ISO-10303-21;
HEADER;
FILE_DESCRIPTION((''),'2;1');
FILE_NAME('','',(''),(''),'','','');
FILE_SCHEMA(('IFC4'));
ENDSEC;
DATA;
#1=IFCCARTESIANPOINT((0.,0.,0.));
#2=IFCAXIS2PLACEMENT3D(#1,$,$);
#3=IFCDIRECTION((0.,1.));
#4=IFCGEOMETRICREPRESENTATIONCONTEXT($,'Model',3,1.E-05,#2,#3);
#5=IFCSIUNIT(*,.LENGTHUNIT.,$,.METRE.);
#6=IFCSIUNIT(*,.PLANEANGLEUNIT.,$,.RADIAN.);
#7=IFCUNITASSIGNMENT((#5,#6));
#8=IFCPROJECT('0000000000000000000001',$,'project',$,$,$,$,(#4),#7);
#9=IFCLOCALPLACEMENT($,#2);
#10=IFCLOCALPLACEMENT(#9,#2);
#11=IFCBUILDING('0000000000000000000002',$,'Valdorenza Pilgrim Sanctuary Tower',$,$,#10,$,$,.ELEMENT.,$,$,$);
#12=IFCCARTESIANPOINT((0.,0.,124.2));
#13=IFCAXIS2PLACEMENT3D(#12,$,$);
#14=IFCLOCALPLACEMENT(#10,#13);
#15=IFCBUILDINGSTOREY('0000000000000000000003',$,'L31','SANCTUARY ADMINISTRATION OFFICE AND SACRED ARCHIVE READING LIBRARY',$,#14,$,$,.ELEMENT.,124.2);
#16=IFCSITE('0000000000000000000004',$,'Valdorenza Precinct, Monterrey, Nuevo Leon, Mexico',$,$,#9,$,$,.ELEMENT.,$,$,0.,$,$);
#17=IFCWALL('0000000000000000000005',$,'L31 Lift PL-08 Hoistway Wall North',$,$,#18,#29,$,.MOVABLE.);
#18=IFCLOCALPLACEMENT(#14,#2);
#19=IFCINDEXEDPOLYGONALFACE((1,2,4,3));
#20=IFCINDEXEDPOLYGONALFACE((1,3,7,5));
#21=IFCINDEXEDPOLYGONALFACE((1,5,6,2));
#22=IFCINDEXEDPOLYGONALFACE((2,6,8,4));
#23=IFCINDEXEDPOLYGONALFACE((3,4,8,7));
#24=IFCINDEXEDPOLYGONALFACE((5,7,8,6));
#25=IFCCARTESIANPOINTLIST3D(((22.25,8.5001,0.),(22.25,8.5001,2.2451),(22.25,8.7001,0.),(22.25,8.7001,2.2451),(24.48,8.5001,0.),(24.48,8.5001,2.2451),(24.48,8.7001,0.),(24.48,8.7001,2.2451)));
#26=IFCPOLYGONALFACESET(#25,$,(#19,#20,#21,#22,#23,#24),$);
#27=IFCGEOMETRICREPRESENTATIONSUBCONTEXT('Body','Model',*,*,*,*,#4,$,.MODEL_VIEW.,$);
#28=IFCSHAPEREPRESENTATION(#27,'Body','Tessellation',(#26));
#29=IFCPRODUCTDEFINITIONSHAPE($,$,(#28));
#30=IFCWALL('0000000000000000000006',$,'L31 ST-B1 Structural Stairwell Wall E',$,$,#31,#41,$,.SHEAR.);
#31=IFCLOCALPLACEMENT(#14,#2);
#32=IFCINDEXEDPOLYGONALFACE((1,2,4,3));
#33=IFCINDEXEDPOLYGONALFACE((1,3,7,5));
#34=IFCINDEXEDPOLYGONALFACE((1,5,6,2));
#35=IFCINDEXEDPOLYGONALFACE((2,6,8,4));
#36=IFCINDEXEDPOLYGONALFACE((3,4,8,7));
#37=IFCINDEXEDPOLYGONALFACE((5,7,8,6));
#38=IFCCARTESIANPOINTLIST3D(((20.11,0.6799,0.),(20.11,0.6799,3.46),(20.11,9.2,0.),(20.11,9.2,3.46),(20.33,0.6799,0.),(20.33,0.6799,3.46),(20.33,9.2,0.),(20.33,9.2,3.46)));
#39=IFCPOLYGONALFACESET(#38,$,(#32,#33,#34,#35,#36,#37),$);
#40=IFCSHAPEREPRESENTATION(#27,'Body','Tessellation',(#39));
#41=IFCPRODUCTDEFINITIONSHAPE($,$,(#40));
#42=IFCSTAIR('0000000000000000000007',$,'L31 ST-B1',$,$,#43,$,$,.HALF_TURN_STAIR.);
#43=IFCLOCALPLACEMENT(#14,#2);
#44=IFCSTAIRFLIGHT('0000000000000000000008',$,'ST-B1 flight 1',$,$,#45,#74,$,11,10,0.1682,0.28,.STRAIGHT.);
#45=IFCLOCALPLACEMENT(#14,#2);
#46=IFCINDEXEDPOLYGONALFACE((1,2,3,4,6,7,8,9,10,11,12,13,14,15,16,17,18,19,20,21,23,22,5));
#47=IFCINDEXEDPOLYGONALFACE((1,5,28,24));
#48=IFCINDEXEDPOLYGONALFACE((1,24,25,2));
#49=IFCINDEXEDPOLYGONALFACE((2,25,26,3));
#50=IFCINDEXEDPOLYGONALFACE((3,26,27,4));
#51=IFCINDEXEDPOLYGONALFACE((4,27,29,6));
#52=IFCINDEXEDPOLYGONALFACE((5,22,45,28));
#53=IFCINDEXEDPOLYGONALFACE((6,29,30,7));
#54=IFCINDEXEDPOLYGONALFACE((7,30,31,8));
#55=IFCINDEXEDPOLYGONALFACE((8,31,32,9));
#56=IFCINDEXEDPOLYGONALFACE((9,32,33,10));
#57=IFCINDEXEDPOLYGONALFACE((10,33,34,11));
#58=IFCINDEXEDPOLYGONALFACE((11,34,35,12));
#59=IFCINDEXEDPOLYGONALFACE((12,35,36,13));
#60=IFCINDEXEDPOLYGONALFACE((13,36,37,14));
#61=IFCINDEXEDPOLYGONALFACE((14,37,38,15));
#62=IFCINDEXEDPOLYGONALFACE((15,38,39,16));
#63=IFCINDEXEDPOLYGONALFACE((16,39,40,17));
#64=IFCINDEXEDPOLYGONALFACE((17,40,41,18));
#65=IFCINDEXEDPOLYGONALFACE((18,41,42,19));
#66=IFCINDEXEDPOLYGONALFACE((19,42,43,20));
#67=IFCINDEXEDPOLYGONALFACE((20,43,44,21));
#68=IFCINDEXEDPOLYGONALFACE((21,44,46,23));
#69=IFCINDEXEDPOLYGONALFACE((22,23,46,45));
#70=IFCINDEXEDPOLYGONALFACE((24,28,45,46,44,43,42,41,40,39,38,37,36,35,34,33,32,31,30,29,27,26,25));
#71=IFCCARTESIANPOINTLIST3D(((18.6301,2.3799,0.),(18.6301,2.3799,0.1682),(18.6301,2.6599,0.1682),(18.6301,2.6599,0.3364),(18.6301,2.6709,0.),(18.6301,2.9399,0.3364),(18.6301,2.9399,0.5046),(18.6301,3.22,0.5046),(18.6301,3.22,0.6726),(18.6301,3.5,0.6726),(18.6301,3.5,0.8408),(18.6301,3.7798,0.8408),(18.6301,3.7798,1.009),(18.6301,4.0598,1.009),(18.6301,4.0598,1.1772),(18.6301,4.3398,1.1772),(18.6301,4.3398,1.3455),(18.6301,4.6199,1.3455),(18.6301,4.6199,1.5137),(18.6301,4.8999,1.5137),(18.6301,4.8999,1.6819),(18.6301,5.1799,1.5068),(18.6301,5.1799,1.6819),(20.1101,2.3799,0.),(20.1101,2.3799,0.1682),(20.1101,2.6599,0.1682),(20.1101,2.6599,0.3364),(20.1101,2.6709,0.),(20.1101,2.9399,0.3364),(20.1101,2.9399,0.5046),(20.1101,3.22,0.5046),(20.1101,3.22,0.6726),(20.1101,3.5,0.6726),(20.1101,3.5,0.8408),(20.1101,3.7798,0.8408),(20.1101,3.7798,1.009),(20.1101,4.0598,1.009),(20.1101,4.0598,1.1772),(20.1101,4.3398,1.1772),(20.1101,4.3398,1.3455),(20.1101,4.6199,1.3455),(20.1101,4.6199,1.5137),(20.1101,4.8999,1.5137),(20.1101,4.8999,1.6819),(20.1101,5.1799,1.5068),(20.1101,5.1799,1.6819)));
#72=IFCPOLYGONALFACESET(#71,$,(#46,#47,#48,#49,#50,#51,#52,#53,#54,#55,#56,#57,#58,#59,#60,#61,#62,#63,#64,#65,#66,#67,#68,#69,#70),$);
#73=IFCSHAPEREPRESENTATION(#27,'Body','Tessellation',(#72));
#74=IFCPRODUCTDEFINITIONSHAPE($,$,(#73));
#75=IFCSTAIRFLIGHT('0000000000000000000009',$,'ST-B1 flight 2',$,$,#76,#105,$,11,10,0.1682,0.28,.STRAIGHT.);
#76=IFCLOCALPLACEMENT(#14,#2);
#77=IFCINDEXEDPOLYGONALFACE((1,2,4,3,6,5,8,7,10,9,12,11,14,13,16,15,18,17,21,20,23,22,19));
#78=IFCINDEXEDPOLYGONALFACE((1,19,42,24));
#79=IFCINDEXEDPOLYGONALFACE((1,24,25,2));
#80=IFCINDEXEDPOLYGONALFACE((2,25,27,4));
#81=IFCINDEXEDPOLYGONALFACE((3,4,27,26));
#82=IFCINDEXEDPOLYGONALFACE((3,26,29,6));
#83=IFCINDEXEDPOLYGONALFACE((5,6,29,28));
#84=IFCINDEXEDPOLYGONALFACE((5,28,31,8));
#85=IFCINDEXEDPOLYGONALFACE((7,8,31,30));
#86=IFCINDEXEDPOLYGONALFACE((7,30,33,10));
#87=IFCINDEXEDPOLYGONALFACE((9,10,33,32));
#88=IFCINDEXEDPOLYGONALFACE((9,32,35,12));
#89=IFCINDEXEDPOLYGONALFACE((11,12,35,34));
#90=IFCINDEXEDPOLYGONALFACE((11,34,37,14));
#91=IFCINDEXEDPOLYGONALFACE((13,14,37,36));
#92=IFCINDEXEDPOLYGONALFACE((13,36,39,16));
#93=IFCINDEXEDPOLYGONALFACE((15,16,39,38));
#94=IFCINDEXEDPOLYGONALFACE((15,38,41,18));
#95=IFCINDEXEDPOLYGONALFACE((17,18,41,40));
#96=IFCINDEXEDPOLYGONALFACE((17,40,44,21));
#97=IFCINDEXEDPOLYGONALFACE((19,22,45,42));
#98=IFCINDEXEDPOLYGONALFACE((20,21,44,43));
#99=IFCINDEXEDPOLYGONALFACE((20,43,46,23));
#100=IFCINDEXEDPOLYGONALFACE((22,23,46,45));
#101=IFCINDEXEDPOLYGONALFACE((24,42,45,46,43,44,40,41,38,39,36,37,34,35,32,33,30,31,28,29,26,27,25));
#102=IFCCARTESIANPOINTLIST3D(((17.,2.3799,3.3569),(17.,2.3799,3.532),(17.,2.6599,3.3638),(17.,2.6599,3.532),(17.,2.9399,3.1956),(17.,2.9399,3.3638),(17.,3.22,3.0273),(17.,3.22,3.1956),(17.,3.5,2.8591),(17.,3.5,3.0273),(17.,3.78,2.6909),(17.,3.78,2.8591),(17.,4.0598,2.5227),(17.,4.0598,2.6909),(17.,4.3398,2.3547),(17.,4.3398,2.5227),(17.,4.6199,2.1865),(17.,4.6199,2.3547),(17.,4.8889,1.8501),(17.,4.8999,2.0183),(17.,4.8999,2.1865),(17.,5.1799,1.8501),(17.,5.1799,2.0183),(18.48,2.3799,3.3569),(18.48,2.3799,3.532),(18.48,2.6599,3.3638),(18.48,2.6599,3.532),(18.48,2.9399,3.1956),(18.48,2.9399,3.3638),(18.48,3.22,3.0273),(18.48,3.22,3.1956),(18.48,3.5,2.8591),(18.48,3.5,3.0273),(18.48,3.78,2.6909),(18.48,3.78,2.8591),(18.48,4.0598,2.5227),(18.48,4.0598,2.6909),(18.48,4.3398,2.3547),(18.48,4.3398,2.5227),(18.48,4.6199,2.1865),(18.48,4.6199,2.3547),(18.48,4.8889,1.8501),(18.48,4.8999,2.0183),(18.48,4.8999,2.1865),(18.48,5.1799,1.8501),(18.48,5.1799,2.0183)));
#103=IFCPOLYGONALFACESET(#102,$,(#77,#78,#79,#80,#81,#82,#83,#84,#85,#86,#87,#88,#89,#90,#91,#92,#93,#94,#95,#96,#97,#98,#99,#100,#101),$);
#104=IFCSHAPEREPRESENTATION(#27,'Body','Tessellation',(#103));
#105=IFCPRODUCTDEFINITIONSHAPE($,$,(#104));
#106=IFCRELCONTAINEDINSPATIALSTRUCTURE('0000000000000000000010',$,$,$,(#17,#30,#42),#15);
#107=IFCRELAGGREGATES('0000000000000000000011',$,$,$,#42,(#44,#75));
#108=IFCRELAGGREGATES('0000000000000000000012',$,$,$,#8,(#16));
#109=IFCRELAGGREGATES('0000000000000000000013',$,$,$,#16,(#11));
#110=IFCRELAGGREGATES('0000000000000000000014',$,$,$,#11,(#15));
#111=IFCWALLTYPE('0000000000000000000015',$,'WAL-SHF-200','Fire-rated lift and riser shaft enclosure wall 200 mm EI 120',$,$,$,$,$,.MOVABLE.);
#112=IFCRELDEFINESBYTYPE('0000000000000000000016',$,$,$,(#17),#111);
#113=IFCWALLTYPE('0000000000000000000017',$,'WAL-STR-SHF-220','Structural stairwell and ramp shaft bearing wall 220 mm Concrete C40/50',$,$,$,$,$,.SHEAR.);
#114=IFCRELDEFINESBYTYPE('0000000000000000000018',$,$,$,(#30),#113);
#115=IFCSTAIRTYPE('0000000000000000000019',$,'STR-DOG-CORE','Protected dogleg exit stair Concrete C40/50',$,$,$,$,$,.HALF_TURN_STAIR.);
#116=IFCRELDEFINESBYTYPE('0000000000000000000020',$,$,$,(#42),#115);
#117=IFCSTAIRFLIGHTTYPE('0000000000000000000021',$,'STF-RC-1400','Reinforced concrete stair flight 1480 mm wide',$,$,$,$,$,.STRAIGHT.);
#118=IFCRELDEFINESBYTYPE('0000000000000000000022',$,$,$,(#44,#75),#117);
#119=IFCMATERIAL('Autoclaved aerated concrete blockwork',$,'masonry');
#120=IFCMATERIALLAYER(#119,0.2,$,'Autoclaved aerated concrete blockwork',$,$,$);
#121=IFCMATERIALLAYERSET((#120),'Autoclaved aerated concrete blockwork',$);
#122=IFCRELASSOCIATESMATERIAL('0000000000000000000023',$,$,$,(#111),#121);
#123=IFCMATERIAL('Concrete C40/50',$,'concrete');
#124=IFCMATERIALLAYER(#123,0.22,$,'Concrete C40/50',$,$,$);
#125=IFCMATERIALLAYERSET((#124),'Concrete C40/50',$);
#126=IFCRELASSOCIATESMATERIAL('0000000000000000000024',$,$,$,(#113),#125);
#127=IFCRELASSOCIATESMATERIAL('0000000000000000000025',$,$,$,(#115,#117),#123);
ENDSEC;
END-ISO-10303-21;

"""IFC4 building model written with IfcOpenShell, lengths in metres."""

from ifc_helpers import new_model, si_unit, direction, frame, frame_2d, origin, place, context, subcontext, project, spatial, polyline, rectangle, outline, extrude, material, layer, layer_set, type_object, element, aggregate, save


model = new_model("IFC4")

# Units and contexts
model_context = context("Model", 3, precision=1e-05, world=origin(), true_north=direction((0.0, 1.0)))
body_context = subcontext(model_context, "Body", "Model", "MODEL_VIEW")
ifc_project = project(units=[si_unit("LENGTHUNIT", "METRE"), si_unit("PLANEANGLEUNIT", "RADIAN")], contexts=[model_context])

# Site, building, storey
site_placement = place(None, origin())
site = spatial("IfcSite", under=ifc_project, at=site_placement, Name="Valdorenza Precinct, Monterrey, Nuevo Leon, Mexico", CompositionType="ELEMENT", RefElevation=0.0)
building_placement = place(site_placement, origin())
building = spatial("IfcBuilding", under=site, at=building_placement, Name="Valdorenza Pilgrim Sanctuary Tower", CompositionType="ELEMENT")
storey_placement = place(building_placement, frame((0.0, 0.0, 124.2)))
storey = spatial("IfcBuildingStorey", under=building, at=storey_placement, Name="L31", Description="SANCTUARY ADMINISTRATION OFFICE AND SACRED ARCHIVE READING LIBRARY", CompositionType="ELEMENT", Elevation=124.2)

# Shared definitions
ifc_material_1 = material(Name="Autoclaved aerated concrete blockwork", Category="masonry")
ifc_layer_1 = layer(ifc_material_1, 0.2, Name="Autoclaved aerated concrete blockwork")
ifc_layer_set_1 = layer_set([ifc_layer_1], Name="Autoclaved aerated concrete blockwork")
wall_type_1 = type_object("IfcWallType", Name="WAL-SHF-200", Description="Fire-rated lift and riser shaft enclosure wall 200 mm EI 120", PredefinedType="MOVABLE", material=ifc_layer_set_1)

# Walls
wall_1_placement = place(storey_placement, frame((22.25, 8.6001, 0.0), z_axis=(0.0, 0.0, 1.0), x_axis=(1.0, 0.0, 0.0)))
element("IfcWall", 1, at=wall_1_placement, inside=storey, type_object=wall_type_1, Name="L31 Lift PL-08 Hoistway Wall North", PredefinedType="MOVABLE", context=body_context, shape_type="SweptSolid", body=[
    extrude(rectangle(XDim=2.23, YDim=0.2, at=frame_2d((1.115, 0.0))), origin(), (0.0, 0.0, 1.0), 2.2451),
])
ifc_material_2 = material(Name="Concrete C40/50", Category="concrete")
ifc_layer_2 = layer(ifc_material_2, 0.22, Name="Concrete C40/50")
ifc_layer_set_2 = layer_set([ifc_layer_2], Name="Concrete C40/50")
wall_type_2 = type_object("IfcWallType", Name="WAL-STR-SHF-220", Description="Structural stairwell and ramp shaft bearing wall 220 mm Concrete C40/50", PredefinedType="SHEAR", material=ifc_layer_set_2)
wall_2_placement = place(storey_placement, frame((20.22, 0.6799, 0.0), z_axis=(0.0, 0.0, 1.0), x_axis=(0.0, 1.0, 0.0)))
element("IfcWall", 2, at=wall_2_placement, inside=storey, type_object=wall_type_2, Name="L31 ST-B1 Structural Stairwell Wall E", PredefinedType="SHEAR", context=body_context, shape_type="SweptSolid", body=[
    extrude(rectangle(XDim=8.52, YDim=0.22, at=frame_2d((4.26, 0.0))), origin(), (0.0, 0.0, 1.0), 3.46),
])

# Stair, stair flights
stair_type = type_object("IfcStairType", Name="STR-DOG-CORE", Description="Protected dogleg exit stair Concrete C40/50", PredefinedType="HALF_TURN_STAIR", material=ifc_material_2)
stair_placement = place(storey_placement, origin())
stair = element("IfcStair", 3, at=stair_placement, inside=storey, type_object=stair_type, Name="L31 ST-B1", PredefinedType="HALF_TURN_STAIR")
stair_flight_type = type_object("IfcStairFlightType", Name="STF-RC-1400", Description="Reinforced concrete stair flight 1480 mm wide", PredefinedType="STRAIGHT", material=ifc_material_2)
stair_flight_1_placement = place(storey_placement, frame((19.3701, 2.3799, 0.0), z_axis=(0.0, 0.0, 1.0), x_axis=(0.0, 1.0, 0.0)))
stair_flight_1 = element("IfcStairFlight", 4, at=stair_flight_1_placement, type_object=stair_flight_type, Name="ST-B1 flight 1", NumberOfRisers=11, NumberOfTreads=10, PredefinedType="STRAIGHT", RiserHeight=0.1682, TreadLength=0.28, context=body_context, shape_type="SweptSolid", body=[
    extrude(outline(polyline([(0.0, 0.0), (0.0, 0.1682), (0.28, 0.1682), (0.28, 0.3364), (0.5601, 0.3364), (0.5601, 0.5046), (0.8401, 0.5046), (0.8401, 0.6726), (1.1201, 0.6726), (1.1201, 0.8408), (1.3999, 0.8408), (1.3999, 1.009), (1.6799, 1.009), (1.6799, 1.1772), (1.96, 1.1772), (1.96, 1.3455), (2.24, 1.3455), (2.24, 1.5137), (2.52, 1.5137), (2.52, 1.6819), (2.8, 1.6819), (2.8, 1.8501), (2.8, 1.5068), (0.291, 0.0), (0.0, 0.0)])), frame((0.0, 0.74, 0.0), z_axis=(0.0, -1.0, 0.0), x_axis=(1.0, 0.0, 0.0)), (0.0, 0.0, 1.0), 1.48),
])
stair_flight_2_placement = place(storey_placement, frame((17.74, 5.1799, 1.8501), z_axis=(0.0, 0.0, 1.0), x_axis=(0.0, -1.0, 0.0)))
stair_flight_2 = element("IfcStairFlight", 5, at=stair_flight_2_placement, type_object=stair_flight_type, Name="ST-B1 flight 2", NumberOfRisers=11, NumberOfTreads=10, PredefinedType="STRAIGHT", RiserHeight=0.1682, TreadLength=0.28, context=body_context, shape_type="SweptSolid", body=[
    extrude(outline(polyline([(0.0, 0.0), (0.0, 0.1682), (0.28, 0.1682), (0.28, 0.3364), (0.5601, 0.3364), (0.5601, 0.5046), (0.8401, 0.5046), (0.8401, 0.6726), (1.1201, 0.6726), (1.1201, 0.8408), (1.3999, 0.8408), (1.3999, 1.009), (1.6799, 1.009), (1.6799, 1.1772), (1.96, 1.1772), (1.96, 1.3455), (2.24, 1.3455), (2.24, 1.5137), (2.52, 1.5137), (2.52, 1.6819), (2.8, 1.6819), (2.8, 1.8501), (2.8, 1.5068), (0.291, 0.0), (0.0, 0.0)])), frame((0.0, 0.74, 0.0), z_axis=(0.0, -1.0, 0.0), x_axis=(1.0, 0.0, 0.0)), (0.0, 0.0, 1.0), 1.48),
])
aggregate(stair, [stair_flight_1, stair_flight_2])

save(model, "model.ifc")
